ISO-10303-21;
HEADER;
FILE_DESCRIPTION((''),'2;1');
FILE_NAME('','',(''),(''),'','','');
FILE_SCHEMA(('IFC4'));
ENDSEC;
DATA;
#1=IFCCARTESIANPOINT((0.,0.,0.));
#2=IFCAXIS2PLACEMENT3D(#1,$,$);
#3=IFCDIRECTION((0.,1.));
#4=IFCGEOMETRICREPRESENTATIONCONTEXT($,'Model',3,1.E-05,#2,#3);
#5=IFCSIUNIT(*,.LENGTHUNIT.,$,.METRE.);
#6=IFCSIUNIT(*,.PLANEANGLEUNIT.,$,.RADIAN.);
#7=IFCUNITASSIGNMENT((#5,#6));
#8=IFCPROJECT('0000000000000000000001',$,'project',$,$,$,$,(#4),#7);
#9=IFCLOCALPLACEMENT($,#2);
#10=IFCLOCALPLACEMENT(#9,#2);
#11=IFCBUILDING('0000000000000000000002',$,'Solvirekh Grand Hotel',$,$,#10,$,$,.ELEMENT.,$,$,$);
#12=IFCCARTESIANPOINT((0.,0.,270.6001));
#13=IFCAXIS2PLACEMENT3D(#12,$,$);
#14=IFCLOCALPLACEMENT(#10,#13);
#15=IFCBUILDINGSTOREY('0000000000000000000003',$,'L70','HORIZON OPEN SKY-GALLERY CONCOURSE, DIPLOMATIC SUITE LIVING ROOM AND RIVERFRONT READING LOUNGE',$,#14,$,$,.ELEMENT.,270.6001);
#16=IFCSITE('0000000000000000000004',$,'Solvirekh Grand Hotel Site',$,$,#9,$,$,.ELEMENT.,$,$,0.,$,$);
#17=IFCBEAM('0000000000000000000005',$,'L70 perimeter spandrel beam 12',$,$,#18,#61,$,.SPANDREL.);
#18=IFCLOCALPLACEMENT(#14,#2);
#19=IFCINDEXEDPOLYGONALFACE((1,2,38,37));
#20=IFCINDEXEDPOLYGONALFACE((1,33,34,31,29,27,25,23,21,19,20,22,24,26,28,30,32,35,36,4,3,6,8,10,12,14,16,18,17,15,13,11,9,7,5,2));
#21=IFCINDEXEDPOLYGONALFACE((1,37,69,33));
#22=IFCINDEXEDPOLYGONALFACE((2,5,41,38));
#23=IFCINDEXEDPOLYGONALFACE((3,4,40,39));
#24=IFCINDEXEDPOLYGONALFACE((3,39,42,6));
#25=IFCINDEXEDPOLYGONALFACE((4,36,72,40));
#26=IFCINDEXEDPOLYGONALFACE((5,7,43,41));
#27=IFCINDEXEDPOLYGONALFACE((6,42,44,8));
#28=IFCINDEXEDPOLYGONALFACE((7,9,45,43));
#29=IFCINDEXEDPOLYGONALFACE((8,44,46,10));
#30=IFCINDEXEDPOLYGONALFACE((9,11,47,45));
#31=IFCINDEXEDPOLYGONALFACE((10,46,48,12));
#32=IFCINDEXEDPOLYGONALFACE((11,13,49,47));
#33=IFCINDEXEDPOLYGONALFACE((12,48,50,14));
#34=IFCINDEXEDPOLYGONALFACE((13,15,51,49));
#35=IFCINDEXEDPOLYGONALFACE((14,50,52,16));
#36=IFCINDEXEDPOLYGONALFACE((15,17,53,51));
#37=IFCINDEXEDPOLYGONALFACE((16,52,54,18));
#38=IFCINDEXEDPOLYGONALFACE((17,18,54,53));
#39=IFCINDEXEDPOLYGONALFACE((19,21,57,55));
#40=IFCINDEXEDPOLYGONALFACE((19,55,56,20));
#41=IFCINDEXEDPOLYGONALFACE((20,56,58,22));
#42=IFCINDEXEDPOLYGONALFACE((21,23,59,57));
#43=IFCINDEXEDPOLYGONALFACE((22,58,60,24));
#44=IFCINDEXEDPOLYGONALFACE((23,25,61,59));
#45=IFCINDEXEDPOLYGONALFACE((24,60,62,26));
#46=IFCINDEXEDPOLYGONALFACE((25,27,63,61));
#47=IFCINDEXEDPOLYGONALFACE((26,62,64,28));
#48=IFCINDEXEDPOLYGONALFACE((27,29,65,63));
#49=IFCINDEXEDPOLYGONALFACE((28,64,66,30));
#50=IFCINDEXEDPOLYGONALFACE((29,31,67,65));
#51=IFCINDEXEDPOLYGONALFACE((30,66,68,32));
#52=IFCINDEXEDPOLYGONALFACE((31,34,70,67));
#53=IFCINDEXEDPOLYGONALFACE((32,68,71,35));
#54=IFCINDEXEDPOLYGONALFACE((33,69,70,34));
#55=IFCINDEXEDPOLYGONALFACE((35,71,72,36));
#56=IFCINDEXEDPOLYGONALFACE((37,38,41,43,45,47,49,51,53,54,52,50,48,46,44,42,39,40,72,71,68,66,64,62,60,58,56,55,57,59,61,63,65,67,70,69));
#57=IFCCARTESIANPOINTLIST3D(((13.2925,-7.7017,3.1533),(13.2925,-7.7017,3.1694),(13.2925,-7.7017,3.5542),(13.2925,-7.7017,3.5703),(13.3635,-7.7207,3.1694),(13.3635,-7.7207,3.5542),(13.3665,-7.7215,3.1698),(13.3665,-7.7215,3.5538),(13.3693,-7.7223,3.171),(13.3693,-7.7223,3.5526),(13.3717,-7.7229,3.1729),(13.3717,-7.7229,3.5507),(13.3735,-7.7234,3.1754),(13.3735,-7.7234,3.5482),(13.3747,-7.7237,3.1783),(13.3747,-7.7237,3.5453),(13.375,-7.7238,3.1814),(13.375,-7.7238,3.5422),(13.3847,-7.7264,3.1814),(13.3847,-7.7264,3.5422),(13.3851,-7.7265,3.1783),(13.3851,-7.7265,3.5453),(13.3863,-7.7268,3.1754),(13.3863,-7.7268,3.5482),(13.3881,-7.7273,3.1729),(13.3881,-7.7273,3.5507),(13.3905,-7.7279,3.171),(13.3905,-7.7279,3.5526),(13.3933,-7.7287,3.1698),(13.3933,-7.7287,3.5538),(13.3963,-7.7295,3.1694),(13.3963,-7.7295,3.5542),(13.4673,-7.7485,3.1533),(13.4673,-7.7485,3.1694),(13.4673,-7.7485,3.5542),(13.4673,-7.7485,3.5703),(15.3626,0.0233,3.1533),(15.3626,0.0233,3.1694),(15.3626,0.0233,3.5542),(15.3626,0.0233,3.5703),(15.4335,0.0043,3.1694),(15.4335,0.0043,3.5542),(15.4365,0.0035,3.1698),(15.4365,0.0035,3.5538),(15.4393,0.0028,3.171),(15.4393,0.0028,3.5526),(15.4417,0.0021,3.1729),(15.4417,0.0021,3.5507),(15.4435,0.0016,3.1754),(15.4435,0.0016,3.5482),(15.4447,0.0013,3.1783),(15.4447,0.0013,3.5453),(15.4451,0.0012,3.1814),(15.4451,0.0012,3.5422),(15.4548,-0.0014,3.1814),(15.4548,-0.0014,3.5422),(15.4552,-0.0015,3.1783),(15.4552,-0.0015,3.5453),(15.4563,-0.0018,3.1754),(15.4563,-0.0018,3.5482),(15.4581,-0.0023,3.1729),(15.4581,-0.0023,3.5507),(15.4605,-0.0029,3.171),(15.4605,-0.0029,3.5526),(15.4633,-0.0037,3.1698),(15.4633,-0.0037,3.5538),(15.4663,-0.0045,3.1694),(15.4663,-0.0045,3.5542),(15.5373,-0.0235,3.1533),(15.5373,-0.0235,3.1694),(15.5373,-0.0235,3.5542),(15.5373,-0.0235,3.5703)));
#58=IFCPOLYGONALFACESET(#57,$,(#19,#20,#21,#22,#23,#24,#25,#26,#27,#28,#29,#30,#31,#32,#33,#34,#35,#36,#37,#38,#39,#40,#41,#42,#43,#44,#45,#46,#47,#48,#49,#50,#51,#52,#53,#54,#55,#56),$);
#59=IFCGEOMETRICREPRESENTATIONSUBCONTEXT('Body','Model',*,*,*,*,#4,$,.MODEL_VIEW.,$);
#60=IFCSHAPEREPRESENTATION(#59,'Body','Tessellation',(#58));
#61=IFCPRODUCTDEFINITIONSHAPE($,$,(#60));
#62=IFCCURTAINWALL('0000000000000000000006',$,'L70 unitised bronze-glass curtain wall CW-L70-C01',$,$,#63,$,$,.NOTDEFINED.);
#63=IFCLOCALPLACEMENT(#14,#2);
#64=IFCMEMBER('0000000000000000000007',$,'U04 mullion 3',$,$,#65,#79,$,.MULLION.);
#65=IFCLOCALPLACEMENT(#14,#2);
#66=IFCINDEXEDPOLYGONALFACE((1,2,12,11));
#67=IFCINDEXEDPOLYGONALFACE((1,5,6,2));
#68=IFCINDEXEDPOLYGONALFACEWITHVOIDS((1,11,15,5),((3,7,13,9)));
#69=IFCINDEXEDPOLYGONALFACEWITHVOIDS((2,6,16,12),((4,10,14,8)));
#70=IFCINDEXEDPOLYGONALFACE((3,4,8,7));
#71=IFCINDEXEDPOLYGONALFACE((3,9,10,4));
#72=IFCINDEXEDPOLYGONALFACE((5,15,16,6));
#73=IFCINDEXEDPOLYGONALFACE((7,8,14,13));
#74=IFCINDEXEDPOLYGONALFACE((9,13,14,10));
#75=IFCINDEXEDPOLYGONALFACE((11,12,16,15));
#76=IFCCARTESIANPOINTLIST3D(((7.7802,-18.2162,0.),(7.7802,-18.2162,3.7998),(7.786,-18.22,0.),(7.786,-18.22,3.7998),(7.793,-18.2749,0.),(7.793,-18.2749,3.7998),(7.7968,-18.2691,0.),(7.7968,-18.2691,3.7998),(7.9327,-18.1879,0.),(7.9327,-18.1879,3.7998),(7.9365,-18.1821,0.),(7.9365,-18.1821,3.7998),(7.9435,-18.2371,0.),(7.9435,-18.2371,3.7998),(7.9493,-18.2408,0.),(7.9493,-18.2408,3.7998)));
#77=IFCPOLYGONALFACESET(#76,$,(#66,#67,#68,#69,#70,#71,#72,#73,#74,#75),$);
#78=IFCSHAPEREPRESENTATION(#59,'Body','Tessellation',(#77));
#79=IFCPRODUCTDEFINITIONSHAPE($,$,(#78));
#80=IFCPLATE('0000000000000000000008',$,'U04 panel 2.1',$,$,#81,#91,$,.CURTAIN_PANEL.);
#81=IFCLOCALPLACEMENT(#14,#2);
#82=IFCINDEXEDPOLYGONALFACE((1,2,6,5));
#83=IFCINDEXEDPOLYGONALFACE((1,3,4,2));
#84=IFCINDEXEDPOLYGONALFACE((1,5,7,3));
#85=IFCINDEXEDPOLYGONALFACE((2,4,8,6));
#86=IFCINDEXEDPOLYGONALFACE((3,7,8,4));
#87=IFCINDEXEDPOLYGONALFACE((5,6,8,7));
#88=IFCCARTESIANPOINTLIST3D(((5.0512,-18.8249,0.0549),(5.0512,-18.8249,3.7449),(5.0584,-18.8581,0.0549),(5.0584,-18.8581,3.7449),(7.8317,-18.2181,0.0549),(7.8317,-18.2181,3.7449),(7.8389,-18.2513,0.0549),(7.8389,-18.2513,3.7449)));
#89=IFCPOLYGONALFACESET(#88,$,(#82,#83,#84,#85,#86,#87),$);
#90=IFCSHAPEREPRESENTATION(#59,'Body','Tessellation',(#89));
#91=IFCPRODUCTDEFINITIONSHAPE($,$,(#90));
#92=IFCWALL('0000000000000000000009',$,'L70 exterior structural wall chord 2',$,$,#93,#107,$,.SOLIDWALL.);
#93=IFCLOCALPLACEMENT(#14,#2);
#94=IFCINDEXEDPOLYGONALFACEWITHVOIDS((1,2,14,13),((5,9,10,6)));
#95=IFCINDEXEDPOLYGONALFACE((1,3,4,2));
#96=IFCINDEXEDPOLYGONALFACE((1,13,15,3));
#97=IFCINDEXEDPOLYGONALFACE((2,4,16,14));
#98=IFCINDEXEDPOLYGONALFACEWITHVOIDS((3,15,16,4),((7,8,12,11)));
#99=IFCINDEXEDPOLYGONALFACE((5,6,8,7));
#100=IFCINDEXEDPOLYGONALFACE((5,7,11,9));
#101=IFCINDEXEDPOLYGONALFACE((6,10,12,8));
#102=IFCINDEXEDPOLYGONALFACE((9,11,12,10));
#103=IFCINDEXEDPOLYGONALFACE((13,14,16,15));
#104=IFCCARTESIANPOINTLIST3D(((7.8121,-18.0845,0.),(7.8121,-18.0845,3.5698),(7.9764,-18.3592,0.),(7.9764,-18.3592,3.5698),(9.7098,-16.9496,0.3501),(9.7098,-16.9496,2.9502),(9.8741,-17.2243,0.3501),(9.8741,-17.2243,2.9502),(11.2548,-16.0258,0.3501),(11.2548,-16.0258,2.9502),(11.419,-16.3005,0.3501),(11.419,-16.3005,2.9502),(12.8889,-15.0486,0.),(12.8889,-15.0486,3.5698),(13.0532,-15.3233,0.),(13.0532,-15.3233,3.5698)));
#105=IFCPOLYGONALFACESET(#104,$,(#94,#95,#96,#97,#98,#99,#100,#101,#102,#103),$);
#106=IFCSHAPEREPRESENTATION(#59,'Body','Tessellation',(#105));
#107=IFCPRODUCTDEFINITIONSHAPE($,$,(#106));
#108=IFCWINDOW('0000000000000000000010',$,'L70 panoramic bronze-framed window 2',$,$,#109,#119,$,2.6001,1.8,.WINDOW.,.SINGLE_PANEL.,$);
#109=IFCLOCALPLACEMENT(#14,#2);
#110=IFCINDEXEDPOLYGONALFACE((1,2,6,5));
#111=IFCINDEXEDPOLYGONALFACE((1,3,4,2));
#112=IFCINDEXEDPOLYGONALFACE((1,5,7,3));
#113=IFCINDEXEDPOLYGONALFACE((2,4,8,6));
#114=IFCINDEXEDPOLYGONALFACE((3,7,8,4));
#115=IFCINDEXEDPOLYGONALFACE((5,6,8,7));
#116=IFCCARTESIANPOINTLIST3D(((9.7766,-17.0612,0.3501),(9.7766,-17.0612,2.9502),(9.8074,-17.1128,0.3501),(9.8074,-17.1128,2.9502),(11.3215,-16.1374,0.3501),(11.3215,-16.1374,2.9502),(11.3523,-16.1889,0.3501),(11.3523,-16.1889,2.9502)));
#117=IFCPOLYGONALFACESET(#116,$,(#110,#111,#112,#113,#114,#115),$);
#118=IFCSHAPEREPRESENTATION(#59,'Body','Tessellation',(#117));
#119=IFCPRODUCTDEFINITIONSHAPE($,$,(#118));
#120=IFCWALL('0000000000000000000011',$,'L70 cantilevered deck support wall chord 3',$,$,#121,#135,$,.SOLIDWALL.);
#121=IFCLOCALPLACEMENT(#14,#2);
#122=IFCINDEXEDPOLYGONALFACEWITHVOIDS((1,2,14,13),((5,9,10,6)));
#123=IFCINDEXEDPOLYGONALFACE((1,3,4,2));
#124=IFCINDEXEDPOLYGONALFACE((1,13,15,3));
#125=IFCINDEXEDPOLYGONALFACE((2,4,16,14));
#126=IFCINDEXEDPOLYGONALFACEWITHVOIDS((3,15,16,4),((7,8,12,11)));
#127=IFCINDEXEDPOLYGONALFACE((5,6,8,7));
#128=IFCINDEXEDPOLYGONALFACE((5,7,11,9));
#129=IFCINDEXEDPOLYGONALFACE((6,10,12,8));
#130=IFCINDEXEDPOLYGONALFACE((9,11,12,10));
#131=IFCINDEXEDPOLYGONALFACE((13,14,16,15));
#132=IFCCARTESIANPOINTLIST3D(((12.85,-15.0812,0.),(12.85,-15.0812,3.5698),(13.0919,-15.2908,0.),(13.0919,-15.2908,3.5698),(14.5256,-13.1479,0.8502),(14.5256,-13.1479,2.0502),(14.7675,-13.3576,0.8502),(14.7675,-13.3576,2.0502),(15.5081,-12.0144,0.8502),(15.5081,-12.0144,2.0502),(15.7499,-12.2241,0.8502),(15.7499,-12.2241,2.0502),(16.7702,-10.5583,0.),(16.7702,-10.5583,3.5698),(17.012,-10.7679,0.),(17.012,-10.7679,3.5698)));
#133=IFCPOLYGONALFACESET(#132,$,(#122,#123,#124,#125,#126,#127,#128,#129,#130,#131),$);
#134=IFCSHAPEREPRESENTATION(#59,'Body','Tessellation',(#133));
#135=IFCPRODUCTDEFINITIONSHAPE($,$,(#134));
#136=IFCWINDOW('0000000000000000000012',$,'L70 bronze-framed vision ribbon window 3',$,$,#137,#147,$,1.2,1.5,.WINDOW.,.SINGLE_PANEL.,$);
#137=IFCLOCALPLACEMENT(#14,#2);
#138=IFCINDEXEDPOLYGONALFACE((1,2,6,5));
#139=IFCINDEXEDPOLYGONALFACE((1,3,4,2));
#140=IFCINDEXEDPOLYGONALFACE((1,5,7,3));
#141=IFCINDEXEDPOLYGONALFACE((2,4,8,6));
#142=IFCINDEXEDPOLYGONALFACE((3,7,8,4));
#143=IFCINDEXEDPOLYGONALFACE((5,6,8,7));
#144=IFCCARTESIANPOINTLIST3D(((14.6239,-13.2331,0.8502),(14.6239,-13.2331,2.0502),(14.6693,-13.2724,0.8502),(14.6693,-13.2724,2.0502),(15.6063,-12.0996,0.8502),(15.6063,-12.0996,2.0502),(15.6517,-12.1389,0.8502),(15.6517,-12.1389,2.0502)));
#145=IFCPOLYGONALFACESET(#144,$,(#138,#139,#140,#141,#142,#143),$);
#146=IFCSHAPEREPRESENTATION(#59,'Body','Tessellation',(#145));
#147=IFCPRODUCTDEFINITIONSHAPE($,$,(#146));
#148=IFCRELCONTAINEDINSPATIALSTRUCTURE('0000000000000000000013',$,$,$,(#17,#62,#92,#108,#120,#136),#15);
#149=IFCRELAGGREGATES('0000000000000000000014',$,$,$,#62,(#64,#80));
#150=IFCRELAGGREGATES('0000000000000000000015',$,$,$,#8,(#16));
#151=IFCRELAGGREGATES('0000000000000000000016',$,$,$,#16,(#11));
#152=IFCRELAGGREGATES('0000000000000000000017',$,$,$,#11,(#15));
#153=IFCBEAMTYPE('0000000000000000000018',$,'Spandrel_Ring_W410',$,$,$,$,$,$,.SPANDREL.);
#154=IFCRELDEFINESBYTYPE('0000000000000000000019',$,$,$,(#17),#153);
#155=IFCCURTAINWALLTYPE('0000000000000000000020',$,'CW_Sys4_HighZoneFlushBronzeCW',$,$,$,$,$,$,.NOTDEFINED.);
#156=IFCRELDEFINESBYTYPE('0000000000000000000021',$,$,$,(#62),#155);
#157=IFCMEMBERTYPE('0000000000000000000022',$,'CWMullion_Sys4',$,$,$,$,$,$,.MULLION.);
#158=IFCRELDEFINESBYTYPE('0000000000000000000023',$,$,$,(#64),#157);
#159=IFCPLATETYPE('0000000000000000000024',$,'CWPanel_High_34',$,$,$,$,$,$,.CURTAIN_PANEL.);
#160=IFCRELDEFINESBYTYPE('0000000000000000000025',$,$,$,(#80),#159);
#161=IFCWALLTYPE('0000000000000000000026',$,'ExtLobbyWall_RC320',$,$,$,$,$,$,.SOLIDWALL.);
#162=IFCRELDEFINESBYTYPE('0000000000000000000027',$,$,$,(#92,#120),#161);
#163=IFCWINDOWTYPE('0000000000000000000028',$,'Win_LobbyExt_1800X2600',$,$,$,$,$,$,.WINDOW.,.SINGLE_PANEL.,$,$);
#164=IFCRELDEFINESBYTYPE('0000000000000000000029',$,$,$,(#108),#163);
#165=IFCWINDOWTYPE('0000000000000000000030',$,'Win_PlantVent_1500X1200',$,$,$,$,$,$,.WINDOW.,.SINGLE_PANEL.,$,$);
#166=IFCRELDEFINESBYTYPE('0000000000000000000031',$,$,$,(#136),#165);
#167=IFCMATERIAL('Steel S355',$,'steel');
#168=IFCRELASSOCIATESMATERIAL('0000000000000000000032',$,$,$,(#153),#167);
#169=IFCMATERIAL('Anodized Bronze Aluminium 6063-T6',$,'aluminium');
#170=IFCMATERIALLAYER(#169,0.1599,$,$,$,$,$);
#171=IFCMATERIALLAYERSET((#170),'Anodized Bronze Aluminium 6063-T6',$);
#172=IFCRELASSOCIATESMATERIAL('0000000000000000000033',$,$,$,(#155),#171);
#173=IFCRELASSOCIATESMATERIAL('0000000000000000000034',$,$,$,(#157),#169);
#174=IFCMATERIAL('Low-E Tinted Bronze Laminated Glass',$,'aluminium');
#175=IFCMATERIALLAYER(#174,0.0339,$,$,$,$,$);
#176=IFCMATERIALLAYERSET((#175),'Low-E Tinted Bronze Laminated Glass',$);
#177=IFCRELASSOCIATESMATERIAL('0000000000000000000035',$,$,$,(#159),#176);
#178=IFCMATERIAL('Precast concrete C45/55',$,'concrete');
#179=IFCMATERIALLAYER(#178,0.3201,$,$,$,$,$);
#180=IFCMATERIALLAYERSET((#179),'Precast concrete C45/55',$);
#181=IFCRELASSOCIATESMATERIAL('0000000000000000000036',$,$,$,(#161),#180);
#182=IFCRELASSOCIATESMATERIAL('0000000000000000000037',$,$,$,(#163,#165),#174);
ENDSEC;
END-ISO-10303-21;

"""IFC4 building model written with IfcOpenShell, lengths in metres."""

from ifc_helpers import new_model, si_unit, direction, frame, frame_2d, origin, origin_2d, place, context, subcontext, project, spatial, rectangle, hollow_rectangle, i_section, extrude, source, transform, mapped, material, layer, layer_set, material_profile, profile_set, type_object, element, fill, aggregate, save


model = new_model("IFC4")

# Units and contexts
model_context = context("Model", 3, precision=1e-05, world=origin(), true_north=direction((0.0, 1.0)))
body_context = subcontext(model_context, "Body", "Model", "MODEL_VIEW")
ifc_project = project(units=[si_unit("LENGTHUNIT", "METRE"), si_unit("PLANEANGLEUNIT", "RADIAN")], contexts=[model_context])

# Site, building, storey
site_placement = place(None, origin())
site = spatial("IfcSite", under=ifc_project, at=site_placement, Name="Solvirekh Grand Hotel Site", CompositionType="ELEMENT", RefElevation=0.0)
building_placement = place(site_placement, origin())
building = spatial("IfcBuilding", under=site, at=building_placement, Name="Solvirekh Grand Hotel", CompositionType="ELEMENT")
storey_placement = place(building_placement, frame((0.0, 0.0, 270.6001)))
storey = spatial("IfcBuildingStorey", under=building, at=storey_placement, Name="L70", Description="HORIZON OPEN SKY-GALLERY CONCOURSE, DIPLOMATIC SUITE LIVING ROOM AND RIVERFRONT READING LOUNGE", CompositionType="ELEMENT", Elevation=270.6001)

# Beam
ifc_material_1 = material(Name="Steel S355", Category="steel")
ifc_material_profile_1 = material_profile(ifc_material_1, i_section(OverallWidth=0.1809, OverallDepth=0.417, WebThickness=0.01, FlangeThickness=0.0161, FilletRadius=0.012, at=origin_2d()), Name="W410X85")
ifc_profile_set_1 = profile_set([ifc_material_profile_1], Name="Steel S355")
beam_type_1 = type_object("IfcBeamType", Name="Spandrel_Ring_W410", PredefinedType="SPANDREL", material=ifc_profile_set_1)
beam_1_placement = place(storey_placement, frame((13.3799, -7.7251, 3.3618), z_axis=(0.258835, 0.965922, 0.0), x_axis=(-0.965922, 0.258835, 0.0)))
element("IfcBeam", 1, at=beam_1_placement, inside=storey, type_object=beam_type_1, Name="L70 perimeter spandrel beam 12", PredefinedType="SPANDREL", context=body_context, shape_type="SweptSolid", body=[
    extrude(i_section(OverallWidth=0.1809, OverallDepth=0.417, WebThickness=0.01, FlangeThickness=0.0161, FilletRadius=0.012, at=origin_2d()), origin(), (0.0, 0.0, 1.0), 7.9976),
])

# Curtain wall, member, plate
ifc_material_2 = material(Name="Anodized Bronze Aluminium 6063-T6", Category="aluminium")
ifc_layer_1 = layer(ifc_material_2, 0.1599)
ifc_layer_set_1 = layer_set([ifc_layer_1], Name="Anodized Bronze Aluminium 6063-T6")
curtain_wall_type = type_object("IfcCurtainWallType", Name="CW_Sys4_HighZoneFlushBronzeCW", PredefinedType="NOTDEFINED", material=ifc_layer_set_1)
curtain_wall_placement = place(storey_placement, origin())
curtain_wall = element("IfcCurtainWall", 2, at=curtain_wall_placement, inside=storey, type_object=curtain_wall_type, Name="L70 unitised bronze-glass curtain wall CW-L70-C01", PredefinedType="NOTDEFINED")
ifc_material_profile_2 = material_profile(ifc_material_2, hollow_rectangle(XDim=0.0601, YDim=0.1599, WallThickness=0.0049, at=origin_2d()), Name="ALU RHS 160X60X5")
ifc_profile_set_2 = profile_set([ifc_material_profile_2], Name="Anodized Bronze Aluminium 6063-T6")
member_type = type_object("IfcMemberType", Name="CWMullion_Sys4", PredefinedType="MULLION", material=ifc_profile_set_2)
shared_shape_1 = source(origin(), body_context, "Body", "SweptSolid", [
    extrude(hollow_rectangle(XDim=0.0601, YDim=0.1599, WallThickness=0.0049, at=origin_2d()), origin(), (0.0, 0.0, 1.0), 3.7998),
])
member_placement = place(storey_placement, frame((7.8647, -18.2285, 0.0), z_axis=(0.0, 0.0, 1.0), x_axis=(-0.213214, 0.977005, 0.0)))
member = element("IfcMember", 3, at=member_placement, type_object=member_type, Name="U04 mullion 3", PredefinedType="MULLION", context=body_context, shape_type="MappedRepresentation", body=[
    mapped(shared_shape_1, transform((0.0, 0.0, 0.0), x_axis=(1.0, 0.0, 0.0), y_axis=(0.0, 1.0, 0.0), z_axis=(0.0, 0.0, 1.0), scale=1.0)),
])
ifc_material_3 = material(Name="Low-E Tinted Bronze Laminated Glass", Category="aluminium")
ifc_layer_2 = layer(ifc_material_3, 0.0339)
ifc_layer_set_2 = layer_set([ifc_layer_2], Name="Low-E Tinted Bronze Laminated Glass")
plate_type = type_object("IfcPlateType", Name="CWPanel_High_34", PredefinedType="CURTAIN_PANEL", material=ifc_layer_set_2)
shared_shape_2 = source(origin(), body_context, "Body", "SweptSolid", [
    extrude(rectangle(XDim=2.8459, YDim=0.0339, at=origin_2d()), origin(), (0.0, 0.0, 1.0), 3.6899),
])
plate_placement = place(storey_placement, frame((6.4451, -18.5381, 0.0549), z_axis=(0.0, 0.0, 1.0), x_axis=(0.977005, 0.213214, 0.0)))
plate = element("IfcPlate", 4, at=plate_placement, type_object=plate_type, Name="U04 panel 2.1", PredefinedType="CURTAIN_PANEL", context=body_context, shape_type="MappedRepresentation", body=[
    mapped(shared_shape_2, transform((0.0, 0.0, 0.0), x_axis=(1.0, 0.0, 0.0), y_axis=(0.0, 1.0, 0.0), z_axis=(0.0, 0.0, 1.0), scale=1.0)),
])
aggregate(curtain_wall, [member, plate])

# Walls, openings, windows
ifc_material_4 = material(Name="Precast concrete C45/55", Category="concrete")
ifc_layer_3 = layer(ifc_material_4, 0.3201)
ifc_layer_set_3 = layer_set([ifc_layer_3], Name="Precast concrete C45/55")
wall_type_1 = type_object("IfcWallType", Name="ExtLobbyWall_RC320", PredefinedType="SOLIDWALL", material=ifc_layer_set_3)
wall_1_placement = place(storey_placement, frame((12.9709, -15.186, 0.0), z_axis=(0.0, 0.0, 1.0), x_axis=(-0.858257, -0.513221, 0.0)))
wall_1 = element("IfcWall", 5, at=wall_1_placement, inside=storey, type_object=wall_type_1, Name="L70 exterior structural wall chord 2", PredefinedType="SOLIDWALL", context=body_context, shape_type="SweptSolid", body=[
    extrude(rectangle(XDim=5.9153, YDim=0.3201, at=frame_2d((2.9575, 0.0))), origin(), (0.0, 0.0, 1.0), 3.5698),
])
opening_1_placement = place(wall_1_placement, frame((1.9041, 0.0, 0.3501)))
opening_1 = element("IfcOpeningElement", 6, at=opening_1_placement, cuts=wall_1, PredefinedType="OPENING", context=body_context, shape_type="SweptSolid", body=[
    extrude(rectangle(XDim=1.8, YDim=2.6001, at=frame_2d((0.8999, 1.3))), frame((0.0, 0.1699, 0.0), z_axis=(0.0, -1.0, 0.0), x_axis=(1.0, 0.0, 0.0)), (0.0, 0.0, 1.0), 0.3401),
])
window_type_1 = type_object("IfcWindowType", Name="Win_LobbyExt_1800X2600", PartitioningType="SINGLE_PANEL", PredefinedType="WINDOW", material=ifc_material_3)
window_1_placement = place(opening_1_placement, origin())
window_1 = element("IfcWindow", 7, at=window_1_placement, inside=storey, type_object=window_type_1, Name="L70 panoramic bronze-framed window 2", OverallHeight=2.6001, OverallWidth=1.8, PartitioningType="SINGLE_PANEL", PredefinedType="WINDOW", context=body_context, shape_type="SweptSolid", body=[
    extrude(rectangle(XDim=1.8, YDim=2.6001, at=frame_2d((0.8999, 1.3))), frame((0.0, 0.03, 0.0), z_axis=(0.0, -1.0, 0.0), x_axis=(1.0, 0.0, 0.0)), (0.0, 0.0, 1.0), 0.0601),
])
fill(opening_1, window_1)
wall_2_placement = place(storey_placement, frame((16.8911, -10.6631, 0.0), z_axis=(0.0, 0.0, 1.0), x_axis=(-0.654957, -0.755666, 0.0)))
wall_2 = element("IfcWall", 8, at=wall_2_placement, inside=storey, type_object=wall_type_1, Name="L70 cantilevered deck support wall chord 3", PredefinedType="SOLIDWALL", context=body_context, shape_type="SweptSolid", body=[
    extrude(rectangle(XDim=5.9854, YDim=0.3201, at=frame_2d((2.9927, 0.0))), origin(), (0.0, 0.0, 1.0), 3.5698),
])
opening_2_placement = place(wall_2_placement, frame((1.927, 0.0, 0.8501)))
opening_2 = element("IfcOpeningElement", 9, at=opening_2_placement, cuts=wall_2, PredefinedType="OPENING", context=body_context, shape_type="SweptSolid", body=[
    extrude(rectangle(XDim=1.5, YDim=1.2, at=frame_2d((0.75, 0.6001))), frame((0.0, 0.1699, 0.0), z_axis=(0.0, -1.0, 0.0), x_axis=(1.0, 0.0, 0.0)), (0.0, 0.0, 1.0), 0.3401),
])
window_type_2 = type_object("IfcWindowType", Name="Win_PlantVent_1500X1200", PartitioningType="SINGLE_PANEL", PredefinedType="WINDOW", material=ifc_material_3)
window_2_placement = place(opening_2_placement, origin())
window_2 = element("IfcWindow", 10, at=window_2_placement, inside=storey, type_object=window_type_2, Name="L70 bronze-framed vision ribbon window 3", OverallHeight=1.2, OverallWidth=1.5, PartitioningType="SINGLE_PANEL", PredefinedType="WINDOW", context=body_context, shape_type="SweptSolid", body=[
    extrude(rectangle(XDim=1.5, YDim=1.2, at=frame_2d((0.75, 0.6001))), frame((0.0, 0.03, 0.0), z_axis=(0.0, -1.0, 0.0), x_axis=(1.0, 0.0, 0.0)), (0.0, 0.0, 1.0), 0.0601),
])
fill(opening_2, window_2)

save(model, "model.ifc")
